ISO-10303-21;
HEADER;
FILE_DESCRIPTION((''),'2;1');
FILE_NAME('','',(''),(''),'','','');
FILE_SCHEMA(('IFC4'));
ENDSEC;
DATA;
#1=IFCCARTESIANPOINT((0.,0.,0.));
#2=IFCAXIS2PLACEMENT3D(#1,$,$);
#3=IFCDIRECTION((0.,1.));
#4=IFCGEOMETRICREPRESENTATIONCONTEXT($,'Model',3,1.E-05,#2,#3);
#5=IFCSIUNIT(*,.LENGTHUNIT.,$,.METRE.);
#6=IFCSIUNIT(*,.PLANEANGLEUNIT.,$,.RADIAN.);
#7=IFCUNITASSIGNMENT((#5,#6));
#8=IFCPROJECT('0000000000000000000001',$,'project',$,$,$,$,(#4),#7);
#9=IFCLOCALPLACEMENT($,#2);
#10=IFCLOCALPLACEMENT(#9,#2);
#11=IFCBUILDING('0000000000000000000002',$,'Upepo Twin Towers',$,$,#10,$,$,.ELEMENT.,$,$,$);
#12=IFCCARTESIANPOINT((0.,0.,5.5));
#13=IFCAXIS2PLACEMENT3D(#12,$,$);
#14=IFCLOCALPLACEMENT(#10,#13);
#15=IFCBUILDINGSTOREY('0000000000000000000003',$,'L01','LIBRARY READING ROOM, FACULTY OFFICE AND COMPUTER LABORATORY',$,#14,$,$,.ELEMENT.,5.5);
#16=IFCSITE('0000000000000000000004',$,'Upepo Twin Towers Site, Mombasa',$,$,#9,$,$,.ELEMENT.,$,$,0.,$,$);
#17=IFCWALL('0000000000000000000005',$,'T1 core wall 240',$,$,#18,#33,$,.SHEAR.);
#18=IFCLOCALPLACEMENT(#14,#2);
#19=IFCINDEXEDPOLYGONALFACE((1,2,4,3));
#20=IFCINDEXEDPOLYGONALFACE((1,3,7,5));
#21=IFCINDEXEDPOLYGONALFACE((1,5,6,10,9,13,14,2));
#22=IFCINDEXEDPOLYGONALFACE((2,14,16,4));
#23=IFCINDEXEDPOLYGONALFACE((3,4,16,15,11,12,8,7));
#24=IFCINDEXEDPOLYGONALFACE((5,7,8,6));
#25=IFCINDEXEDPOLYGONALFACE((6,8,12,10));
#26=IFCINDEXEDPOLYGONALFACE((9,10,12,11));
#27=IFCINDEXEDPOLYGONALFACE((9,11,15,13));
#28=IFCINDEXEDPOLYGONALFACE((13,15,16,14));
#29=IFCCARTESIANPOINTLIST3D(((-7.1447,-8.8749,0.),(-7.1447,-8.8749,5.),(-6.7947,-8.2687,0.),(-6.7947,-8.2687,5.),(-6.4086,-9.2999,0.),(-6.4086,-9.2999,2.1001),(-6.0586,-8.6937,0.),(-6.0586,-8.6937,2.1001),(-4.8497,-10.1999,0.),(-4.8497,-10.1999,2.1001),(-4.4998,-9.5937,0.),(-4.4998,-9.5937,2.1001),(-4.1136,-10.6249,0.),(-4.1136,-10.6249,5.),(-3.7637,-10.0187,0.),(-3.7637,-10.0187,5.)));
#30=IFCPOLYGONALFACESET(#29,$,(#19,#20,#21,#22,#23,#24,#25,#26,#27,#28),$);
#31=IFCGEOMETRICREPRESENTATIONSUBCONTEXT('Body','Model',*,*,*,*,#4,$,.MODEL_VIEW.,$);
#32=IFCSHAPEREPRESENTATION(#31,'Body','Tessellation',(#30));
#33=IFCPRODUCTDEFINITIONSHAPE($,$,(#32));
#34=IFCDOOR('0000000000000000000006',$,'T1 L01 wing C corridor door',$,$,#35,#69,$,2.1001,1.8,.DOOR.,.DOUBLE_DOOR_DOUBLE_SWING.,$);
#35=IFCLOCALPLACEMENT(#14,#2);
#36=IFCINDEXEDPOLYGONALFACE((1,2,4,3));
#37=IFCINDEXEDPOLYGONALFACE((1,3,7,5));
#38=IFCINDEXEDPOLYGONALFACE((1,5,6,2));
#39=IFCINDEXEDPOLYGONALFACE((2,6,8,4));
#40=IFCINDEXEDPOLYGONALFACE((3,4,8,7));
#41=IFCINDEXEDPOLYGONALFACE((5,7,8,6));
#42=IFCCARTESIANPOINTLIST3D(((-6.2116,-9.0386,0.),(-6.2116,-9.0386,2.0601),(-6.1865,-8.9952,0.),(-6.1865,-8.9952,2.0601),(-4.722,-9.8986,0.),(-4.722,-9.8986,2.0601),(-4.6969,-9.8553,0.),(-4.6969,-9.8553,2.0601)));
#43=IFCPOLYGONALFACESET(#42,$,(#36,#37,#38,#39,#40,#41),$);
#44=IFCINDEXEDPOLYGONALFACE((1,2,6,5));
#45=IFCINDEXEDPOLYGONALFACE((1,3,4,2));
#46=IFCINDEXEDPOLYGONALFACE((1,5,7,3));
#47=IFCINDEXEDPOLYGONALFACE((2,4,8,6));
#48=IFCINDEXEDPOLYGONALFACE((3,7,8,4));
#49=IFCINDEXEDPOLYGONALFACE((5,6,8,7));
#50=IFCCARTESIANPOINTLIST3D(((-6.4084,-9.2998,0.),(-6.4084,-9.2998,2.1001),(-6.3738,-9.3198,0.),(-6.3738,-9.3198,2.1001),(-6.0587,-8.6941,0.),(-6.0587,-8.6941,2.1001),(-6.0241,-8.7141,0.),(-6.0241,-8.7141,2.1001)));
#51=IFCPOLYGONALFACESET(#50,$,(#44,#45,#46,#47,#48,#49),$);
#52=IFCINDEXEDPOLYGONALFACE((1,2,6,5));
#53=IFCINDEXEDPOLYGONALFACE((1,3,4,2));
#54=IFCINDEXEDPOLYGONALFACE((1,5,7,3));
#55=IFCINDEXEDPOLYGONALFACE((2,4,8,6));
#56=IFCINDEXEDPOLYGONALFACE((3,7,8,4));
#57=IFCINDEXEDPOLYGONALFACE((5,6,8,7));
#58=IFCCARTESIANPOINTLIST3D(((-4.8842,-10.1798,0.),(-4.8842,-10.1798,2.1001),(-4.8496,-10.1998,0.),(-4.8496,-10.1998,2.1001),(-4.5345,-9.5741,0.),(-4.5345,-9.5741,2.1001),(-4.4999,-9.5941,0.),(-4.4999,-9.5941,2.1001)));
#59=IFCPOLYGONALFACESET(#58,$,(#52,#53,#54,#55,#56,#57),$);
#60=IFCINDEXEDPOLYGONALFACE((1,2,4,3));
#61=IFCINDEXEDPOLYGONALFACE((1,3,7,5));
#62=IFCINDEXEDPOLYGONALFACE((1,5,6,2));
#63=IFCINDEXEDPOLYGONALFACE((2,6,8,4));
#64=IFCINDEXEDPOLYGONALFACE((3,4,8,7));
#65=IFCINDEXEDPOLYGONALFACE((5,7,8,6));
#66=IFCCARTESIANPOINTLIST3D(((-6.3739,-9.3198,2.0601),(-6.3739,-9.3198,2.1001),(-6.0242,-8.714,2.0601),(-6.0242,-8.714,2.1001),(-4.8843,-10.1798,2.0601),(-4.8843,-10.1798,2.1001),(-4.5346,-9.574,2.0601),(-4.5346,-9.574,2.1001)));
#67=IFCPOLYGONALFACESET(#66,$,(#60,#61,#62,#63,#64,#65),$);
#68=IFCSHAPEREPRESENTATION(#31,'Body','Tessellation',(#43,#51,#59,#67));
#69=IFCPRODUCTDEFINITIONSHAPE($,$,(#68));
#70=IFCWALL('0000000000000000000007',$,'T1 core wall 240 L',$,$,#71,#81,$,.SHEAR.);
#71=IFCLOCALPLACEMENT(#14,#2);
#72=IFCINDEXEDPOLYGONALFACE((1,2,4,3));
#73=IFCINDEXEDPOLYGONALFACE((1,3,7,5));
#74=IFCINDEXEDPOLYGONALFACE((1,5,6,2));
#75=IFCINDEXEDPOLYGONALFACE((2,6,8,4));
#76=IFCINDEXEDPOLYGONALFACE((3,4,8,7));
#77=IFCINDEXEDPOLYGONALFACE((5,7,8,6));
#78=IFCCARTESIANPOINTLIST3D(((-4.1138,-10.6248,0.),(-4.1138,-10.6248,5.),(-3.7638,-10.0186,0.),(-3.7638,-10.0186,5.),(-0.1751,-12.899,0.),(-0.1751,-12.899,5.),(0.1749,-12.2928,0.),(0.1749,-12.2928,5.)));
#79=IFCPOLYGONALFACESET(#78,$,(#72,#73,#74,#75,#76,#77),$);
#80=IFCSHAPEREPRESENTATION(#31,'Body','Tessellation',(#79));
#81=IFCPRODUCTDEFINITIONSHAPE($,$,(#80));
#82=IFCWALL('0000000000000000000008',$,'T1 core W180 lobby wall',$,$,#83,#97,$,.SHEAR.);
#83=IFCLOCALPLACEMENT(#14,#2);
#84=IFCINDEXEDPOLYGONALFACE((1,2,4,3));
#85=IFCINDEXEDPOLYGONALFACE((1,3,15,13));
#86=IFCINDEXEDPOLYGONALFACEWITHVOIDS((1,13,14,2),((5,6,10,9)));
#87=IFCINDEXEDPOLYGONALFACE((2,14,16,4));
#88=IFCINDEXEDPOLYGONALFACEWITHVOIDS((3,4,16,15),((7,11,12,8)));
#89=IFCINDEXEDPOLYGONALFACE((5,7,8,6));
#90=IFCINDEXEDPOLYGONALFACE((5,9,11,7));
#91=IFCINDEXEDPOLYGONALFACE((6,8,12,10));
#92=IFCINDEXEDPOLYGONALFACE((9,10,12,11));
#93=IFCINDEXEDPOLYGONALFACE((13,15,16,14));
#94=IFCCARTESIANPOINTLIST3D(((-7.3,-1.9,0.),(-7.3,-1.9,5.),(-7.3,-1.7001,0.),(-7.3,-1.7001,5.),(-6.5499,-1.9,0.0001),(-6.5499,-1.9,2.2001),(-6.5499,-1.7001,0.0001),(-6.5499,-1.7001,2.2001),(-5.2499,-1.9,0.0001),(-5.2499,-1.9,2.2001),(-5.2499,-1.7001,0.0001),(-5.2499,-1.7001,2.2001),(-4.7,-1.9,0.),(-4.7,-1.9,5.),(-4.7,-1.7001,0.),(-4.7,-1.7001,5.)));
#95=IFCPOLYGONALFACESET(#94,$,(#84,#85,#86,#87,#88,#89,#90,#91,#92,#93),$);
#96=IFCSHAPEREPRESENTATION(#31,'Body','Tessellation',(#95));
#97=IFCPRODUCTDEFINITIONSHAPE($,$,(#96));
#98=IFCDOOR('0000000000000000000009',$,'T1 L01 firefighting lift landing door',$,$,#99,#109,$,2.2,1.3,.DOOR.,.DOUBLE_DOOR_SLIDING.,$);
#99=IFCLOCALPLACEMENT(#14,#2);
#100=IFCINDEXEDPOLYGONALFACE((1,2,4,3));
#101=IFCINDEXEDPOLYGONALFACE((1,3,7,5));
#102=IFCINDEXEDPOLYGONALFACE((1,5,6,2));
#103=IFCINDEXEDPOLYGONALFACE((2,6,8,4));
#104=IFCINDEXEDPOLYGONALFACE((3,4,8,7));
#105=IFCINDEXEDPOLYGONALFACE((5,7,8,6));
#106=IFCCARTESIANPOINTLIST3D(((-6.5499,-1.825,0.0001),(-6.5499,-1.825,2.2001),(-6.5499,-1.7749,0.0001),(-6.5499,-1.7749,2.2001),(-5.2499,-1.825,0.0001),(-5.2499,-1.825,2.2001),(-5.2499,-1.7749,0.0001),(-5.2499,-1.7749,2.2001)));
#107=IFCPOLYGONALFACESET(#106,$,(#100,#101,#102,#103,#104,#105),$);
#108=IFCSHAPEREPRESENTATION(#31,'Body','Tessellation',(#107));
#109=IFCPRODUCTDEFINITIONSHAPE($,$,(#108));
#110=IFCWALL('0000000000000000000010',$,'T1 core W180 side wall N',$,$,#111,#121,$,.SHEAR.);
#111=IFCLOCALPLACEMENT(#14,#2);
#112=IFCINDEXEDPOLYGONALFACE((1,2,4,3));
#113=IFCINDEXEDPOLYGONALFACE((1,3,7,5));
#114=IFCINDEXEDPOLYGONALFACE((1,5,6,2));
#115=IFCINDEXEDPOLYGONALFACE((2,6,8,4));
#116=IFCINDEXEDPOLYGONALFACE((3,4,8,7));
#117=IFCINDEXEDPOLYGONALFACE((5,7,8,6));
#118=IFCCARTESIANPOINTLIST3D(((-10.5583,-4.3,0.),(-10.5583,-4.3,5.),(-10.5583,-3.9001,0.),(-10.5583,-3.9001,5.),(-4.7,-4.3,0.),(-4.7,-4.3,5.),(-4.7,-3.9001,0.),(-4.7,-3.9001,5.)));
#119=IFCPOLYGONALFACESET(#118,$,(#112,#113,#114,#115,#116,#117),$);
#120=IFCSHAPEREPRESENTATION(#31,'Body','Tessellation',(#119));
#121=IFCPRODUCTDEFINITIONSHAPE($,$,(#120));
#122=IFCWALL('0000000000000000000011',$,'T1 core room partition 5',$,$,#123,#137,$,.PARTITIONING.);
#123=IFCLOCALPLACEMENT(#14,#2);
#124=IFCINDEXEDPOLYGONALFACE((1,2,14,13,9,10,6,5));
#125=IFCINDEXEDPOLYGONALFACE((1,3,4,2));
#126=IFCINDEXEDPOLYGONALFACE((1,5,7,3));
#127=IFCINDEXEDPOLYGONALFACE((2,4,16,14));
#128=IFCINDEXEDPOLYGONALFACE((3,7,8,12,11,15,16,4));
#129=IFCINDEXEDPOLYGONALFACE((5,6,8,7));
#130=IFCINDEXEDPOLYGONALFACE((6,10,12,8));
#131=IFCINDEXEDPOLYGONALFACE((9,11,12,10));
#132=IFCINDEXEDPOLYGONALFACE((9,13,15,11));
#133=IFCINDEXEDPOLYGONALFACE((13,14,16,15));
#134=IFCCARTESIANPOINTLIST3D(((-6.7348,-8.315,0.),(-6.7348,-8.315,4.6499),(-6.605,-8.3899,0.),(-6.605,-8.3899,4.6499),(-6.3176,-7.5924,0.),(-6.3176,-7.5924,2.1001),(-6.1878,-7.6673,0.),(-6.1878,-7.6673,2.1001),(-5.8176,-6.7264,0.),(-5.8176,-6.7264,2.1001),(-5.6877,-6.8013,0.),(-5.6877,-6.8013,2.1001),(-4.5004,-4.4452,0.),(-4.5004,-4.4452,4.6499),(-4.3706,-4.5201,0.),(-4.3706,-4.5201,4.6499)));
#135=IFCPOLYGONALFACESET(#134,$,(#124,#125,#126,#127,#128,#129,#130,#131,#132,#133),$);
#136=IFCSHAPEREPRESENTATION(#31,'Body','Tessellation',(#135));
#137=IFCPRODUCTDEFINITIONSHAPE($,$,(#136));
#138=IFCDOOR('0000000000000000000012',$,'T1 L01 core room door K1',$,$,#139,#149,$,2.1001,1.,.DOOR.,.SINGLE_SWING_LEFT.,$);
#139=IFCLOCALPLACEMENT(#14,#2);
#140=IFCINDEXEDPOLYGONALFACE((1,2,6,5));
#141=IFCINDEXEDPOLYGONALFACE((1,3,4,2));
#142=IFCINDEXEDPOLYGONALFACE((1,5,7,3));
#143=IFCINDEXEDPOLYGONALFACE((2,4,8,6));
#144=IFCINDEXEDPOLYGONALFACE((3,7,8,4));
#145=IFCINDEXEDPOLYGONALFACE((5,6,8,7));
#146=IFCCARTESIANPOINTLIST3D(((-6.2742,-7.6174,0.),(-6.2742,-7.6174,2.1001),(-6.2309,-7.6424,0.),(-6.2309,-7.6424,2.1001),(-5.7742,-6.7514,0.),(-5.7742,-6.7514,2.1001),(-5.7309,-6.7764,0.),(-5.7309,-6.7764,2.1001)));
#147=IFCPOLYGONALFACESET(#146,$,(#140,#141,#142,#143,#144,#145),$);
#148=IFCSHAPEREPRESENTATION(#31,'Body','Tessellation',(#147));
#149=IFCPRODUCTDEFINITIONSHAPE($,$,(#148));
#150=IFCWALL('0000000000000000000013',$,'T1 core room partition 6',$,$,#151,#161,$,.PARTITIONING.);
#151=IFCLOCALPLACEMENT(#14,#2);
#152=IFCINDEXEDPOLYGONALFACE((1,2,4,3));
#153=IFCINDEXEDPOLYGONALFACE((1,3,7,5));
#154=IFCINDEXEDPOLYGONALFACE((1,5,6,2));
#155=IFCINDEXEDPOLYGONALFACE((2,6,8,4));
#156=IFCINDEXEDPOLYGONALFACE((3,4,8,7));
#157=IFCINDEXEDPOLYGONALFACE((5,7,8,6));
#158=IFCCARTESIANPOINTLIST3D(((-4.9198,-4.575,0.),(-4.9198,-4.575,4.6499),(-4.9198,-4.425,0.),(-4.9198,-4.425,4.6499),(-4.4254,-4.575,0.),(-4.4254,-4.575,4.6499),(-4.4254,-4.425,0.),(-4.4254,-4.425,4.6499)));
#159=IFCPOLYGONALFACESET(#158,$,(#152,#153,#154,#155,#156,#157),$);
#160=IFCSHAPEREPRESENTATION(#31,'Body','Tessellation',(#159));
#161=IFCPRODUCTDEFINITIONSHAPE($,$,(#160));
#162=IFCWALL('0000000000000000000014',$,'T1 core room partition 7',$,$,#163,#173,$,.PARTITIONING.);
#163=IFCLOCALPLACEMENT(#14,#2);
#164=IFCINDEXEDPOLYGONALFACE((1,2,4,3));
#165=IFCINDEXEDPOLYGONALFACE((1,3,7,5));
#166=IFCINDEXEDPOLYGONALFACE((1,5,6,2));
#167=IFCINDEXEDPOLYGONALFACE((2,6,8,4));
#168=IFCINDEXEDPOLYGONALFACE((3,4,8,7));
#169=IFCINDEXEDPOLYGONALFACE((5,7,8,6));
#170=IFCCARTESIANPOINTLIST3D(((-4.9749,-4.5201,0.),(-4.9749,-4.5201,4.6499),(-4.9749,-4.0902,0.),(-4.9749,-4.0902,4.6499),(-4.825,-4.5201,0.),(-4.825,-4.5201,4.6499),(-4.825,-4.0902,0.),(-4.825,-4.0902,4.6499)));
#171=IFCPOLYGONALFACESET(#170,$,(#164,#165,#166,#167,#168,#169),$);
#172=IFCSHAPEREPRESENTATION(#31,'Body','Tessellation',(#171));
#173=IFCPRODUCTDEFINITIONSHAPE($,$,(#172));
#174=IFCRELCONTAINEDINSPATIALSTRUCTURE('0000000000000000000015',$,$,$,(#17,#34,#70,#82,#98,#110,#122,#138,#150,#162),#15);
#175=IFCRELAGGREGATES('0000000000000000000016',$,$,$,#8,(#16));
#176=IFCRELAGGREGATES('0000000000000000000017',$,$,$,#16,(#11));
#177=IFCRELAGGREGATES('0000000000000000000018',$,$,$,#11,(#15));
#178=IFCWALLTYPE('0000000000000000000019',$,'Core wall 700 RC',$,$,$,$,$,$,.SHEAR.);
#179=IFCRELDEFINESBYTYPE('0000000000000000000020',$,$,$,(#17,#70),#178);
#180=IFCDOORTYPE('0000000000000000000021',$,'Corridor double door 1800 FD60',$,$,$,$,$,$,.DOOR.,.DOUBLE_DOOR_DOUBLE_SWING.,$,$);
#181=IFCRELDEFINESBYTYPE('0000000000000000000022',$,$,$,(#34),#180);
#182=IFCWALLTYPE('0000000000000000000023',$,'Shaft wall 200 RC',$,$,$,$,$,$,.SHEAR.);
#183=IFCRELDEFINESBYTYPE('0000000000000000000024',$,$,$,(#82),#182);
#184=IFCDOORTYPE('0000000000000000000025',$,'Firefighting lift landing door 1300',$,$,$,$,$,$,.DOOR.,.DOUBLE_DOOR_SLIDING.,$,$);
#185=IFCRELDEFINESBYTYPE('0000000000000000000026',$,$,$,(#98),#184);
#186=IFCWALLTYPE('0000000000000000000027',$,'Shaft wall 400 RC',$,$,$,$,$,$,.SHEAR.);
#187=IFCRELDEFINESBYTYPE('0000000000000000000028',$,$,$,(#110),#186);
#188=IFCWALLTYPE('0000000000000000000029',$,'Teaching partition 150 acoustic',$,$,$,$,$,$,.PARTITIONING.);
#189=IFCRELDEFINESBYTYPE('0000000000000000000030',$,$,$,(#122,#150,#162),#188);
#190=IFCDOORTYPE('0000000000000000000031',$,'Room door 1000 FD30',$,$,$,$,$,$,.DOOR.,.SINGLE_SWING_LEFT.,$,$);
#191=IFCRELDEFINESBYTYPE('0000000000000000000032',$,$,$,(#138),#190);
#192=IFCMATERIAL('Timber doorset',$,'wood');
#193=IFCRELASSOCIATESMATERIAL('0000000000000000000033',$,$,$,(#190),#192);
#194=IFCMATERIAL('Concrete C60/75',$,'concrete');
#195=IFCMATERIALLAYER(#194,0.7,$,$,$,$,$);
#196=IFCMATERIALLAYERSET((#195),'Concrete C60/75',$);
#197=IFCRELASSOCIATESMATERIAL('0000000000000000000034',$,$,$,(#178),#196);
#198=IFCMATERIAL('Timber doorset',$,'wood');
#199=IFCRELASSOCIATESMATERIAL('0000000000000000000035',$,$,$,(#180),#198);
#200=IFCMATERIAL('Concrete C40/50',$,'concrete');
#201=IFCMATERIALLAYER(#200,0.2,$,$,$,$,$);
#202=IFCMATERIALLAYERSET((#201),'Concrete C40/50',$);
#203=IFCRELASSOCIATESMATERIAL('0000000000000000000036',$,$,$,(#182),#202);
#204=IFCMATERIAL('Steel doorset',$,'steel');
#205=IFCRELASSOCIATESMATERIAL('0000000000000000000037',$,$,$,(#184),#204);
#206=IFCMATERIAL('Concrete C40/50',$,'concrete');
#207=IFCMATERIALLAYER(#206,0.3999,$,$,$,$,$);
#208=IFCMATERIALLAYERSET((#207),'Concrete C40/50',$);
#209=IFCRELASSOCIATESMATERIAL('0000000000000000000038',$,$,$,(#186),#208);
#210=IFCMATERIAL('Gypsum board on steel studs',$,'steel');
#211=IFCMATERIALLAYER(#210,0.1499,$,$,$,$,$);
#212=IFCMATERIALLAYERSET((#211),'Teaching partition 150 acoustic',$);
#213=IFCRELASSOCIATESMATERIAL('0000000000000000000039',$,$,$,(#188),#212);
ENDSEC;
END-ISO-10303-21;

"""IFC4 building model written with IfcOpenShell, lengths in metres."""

from ifc_helpers import new_model, si_unit, direction, frame, frame_2d, origin, place, context, subcontext, project, spatial, rectangle, extrude, material, layer, layer_set, type_object, element, fill, save


model = new_model("IFC4")

# Units and contexts
model_context = context("Model", 3, precision=1e-05, world=origin(), true_north=direction((0.0, 1.0)))
body_context = subcontext(model_context, "Body", "Model", "MODEL_VIEW")
ifc_project = project(units=[si_unit("LENGTHUNIT", "METRE"), si_unit("PLANEANGLEUNIT", "RADIAN")], contexts=[model_context])

# Site, building, storey
site_placement = place(None, origin())
site = spatial("IfcSite", under=ifc_project, at=site_placement, Name="Upepo Twin Towers Site, Mombasa", CompositionType="ELEMENT", RefElevation=0.0)
building_placement = place(site_placement, origin())
building = spatial("IfcBuilding", under=site, at=building_placement, Name="Upepo Twin Towers", CompositionType="ELEMENT")
storey_placement = place(building_placement, frame((0.0, 0.0, 5.5)))
storey = spatial("IfcBuildingStorey", under=building, at=storey_placement, Name="L01", Description="LIBRARY READING ROOM, FACULTY OFFICE AND COMPUTER LABORATORY", CompositionType="ELEMENT", Elevation=5.5)

# Shared definitions
ifc_material_1 = material(Name="Timber doorset", Category="wood")
door_type_1 = type_object("IfcDoorType", Name="Room door 1000 FD30", OperationType="SINGLE_SWING_LEFT", PredefinedType="DOOR", material=ifc_material_1)

# Shared definitions
ifc_material_2 = material(Name="Concrete C60/75", Category="concrete")
ifc_layer_1 = layer(ifc_material_2, 0.7)
ifc_layer_set_1 = layer_set([ifc_layer_1], Name="Concrete C60/75")
wall_type_1 = type_object("IfcWallType", Name="Core wall 700 RC", PredefinedType="SHEAR", material=ifc_layer_set_1)

# Wall, opening, door
wall_1_placement = place(storey_placement, frame((-6.9697, -8.5718, 0.0), z_axis=(0.0, 0.0, 1.0), x_axis=(0.866019, -0.50001, 0.0)))
wall_1 = element("IfcWall", 1, at=wall_1_placement, inside=storey, type_object=wall_type_1, Name="T1 core wall 240", PredefinedType="SHEAR", context=body_context, shape_type="SweptSolid", body=[
    extrude(rectangle(XDim=3.5, YDim=0.7, at=frame_2d((1.75, 0.0))), origin(), (0.0, 0.0, 1.0), 5.0),
])
opening_1_placement = place(wall_1_placement, frame((0.8501, 0.0, 0.0)))
opening_1 = element("IfcOpeningElement", 2, at=opening_1_placement, cuts=wall_1, PredefinedType="OPENING", context=body_context, shape_type="SweptSolid", body=[
    extrude(rectangle(XDim=1.8, YDim=2.1001, at=frame_2d((0.8999, 1.05))), frame((0.0, 0.3599, 0.0), z_axis=(0.0, -1.0, 0.0), x_axis=(1.0, 0.0, 0.0)), (0.0, 0.0, 1.0), 0.72),
])
ifc_material_3 = material(Name="Timber doorset", Category="wood")
door_type_2 = type_object("IfcDoorType", Name="Corridor double door 1800 FD60", OperationType="DOUBLE_DOOR_DOUBLE_SWING", PredefinedType="DOOR", material=ifc_material_3)
door_1_placement = place(opening_1_placement, origin())
door_1 = element("IfcDoor", 3, at=door_1_placement, inside=storey, type_object=door_type_2, Name="T1 L01 wing C corridor door", OperationType="DOUBLE_DOOR_DOUBLE_SWING", OverallHeight=2.1001, OverallWidth=1.8, PredefinedType="DOOR", context=body_context, shape_type="SweptSolid", body=[
    extrude(rectangle(XDim=1.72, YDim=2.0601, at=frame_2d((0.8999, 1.03))), frame((0.0, 0.0249, 0.0), z_axis=(0.0, -1.0, 0.0), x_axis=(1.0, 0.0, 0.0)), (0.0, 0.0, 1.0), 0.05),
    extrude(rectangle(XDim=0.04, YDim=2.1001, at=frame_2d((0.02, 1.05))), frame((0.0, 0.3496, 0.0), z_axis=(0.0, -1.0, 0.0), x_axis=(1.0, 0.0, 0.0)), (0.0, 0.0, 1.0), 0.6995),
    extrude(rectangle(XDim=0.04, YDim=2.1001, at=frame_2d((1.78, 1.05))), frame((0.0, 0.3496, 0.0), z_axis=(0.0, -1.0, 0.0), x_axis=(1.0, 0.0, 0.0)), (0.0, 0.0, 1.0), 0.6995),
    extrude(rectangle(XDim=1.72, YDim=0.04, at=frame_2d((0.8999, 2.0801))), frame((0.0, 0.3496, 0.0), z_axis=(0.0, -1.0, 0.0), x_axis=(1.0, 0.0, 0.0)), (0.0, 0.0, 1.0), 0.6995),
])
fill(opening_1, door_1)

# Wall
wall_2_placement = place(storey_placement, frame((-3.9387, -10.3218, 0.0), z_axis=(0.0, 0.0, 1.0), x_axis=(0.866011, -0.500024, 0.0)))
element("IfcWall", 4, at=wall_2_placement, inside=storey, type_object=wall_type_1, Name="T1 core wall 240 L", PredefinedType="SHEAR", context=body_context, shape_type="SweptSolid", body=[
    extrude(rectangle(XDim=4.5481, YDim=0.7, at=frame_2d((2.2739, 0.0))), origin(), (0.0, 0.0, 1.0), 5.0),
])

# Wall, opening, door
ifc_material_4 = material(Name="Concrete C40/50", Category="concrete")
ifc_layer_2 = layer(ifc_material_4, 0.2)
ifc_layer_set_2 = layer_set([ifc_layer_2], Name="Concrete C40/50")
wall_type_2 = type_object("IfcWallType", Name="Shaft wall 200 RC", PredefinedType="SHEAR", material=ifc_layer_set_2)
wall_3_placement = place(storey_placement, frame((-4.7, -1.8, 0.0), z_axis=(0.0, 0.0, 1.0), x_axis=(-1.0, 0.0, 0.0)))
wall_3 = element("IfcWall", 5, at=wall_3_placement, inside=storey, type_object=wall_type_2, Name="T1 core W180 lobby wall", PredefinedType="SHEAR", context=body_context, shape_type="SweptSolid", body=[
    extrude(rectangle(XDim=2.6001, YDim=0.2, at=frame_2d((1.3, 0.0))), origin(), (0.0, 0.0, 1.0), 5.0),
])
opening_2_placement = place(wall_3_placement, frame((0.55, 0.0, 0.0)))
opening_2 = element("IfcOpeningElement", 6, at=opening_2_placement, cuts=wall_3, PredefinedType="OPENING", context=body_context, shape_type="SweptSolid", body=[
    extrude(rectangle(XDim=1.3, YDim=2.2, at=frame_2d((0.6499, 1.1001))), frame((0.0, 0.1099, 0.0), z_axis=(0.0, -1.0, 0.0), x_axis=(1.0, 0.0, 0.0)), (0.0, 0.0, 1.0), 0.22),
])
ifc_material_5 = material(Name="Steel doorset", Category="steel")
door_type_3 = type_object("IfcDoorType", Name="Firefighting lift landing door 1300", OperationType="DOUBLE_DOOR_SLIDING", PredefinedType="DOOR", material=ifc_material_5)
door_2_placement = place(opening_2_placement, origin())
door_2 = element("IfcDoor", 7, at=door_2_placement, inside=storey, type_object=door_type_3, Name="T1 L01 firefighting lift landing door", OperationType="DOUBLE_DOOR_SLIDING", OverallHeight=2.2, OverallWidth=1.3, PredefinedType="DOOR", context=body_context, shape_type="SweptSolid", body=[
    extrude(rectangle(XDim=1.3, YDim=2.2, at=frame_2d((0.6499, 1.1001))), frame((0.0, 0.0249, 0.0), z_axis=(0.0, -1.0, 0.0), x_axis=(1.0, 0.0, 0.0)), (0.0, 0.0, 1.0), 0.05),
])
fill(opening_2, door_2)

# Wall
ifc_material_6 = material(Name="Concrete C40/50", Category="concrete")
ifc_layer_3 = layer(ifc_material_6, 0.3999)
ifc_layer_set_3 = layer_set([ifc_layer_3], Name="Concrete C40/50")
wall_type_3 = type_object("IfcWallType", Name="Shaft wall 400 RC", PredefinedType="SHEAR", material=ifc_layer_set_3)
wall_4_placement = place(storey_placement, frame((-4.7, -4.1001, 0.0), z_axis=(0.0, 0.0, 1.0), x_axis=(-1.0, 0.0, 0.0)))
element("IfcWall", 8, at=wall_4_placement, inside=storey, type_object=wall_type_3, Name="T1 core W180 side wall N", PredefinedType="SHEAR", context=body_context, shape_type="SweptSolid", body=[
    extrude(rectangle(XDim=5.8584, YDim=0.3999, at=frame_2d((2.9292, 0.0))), origin(), (0.0, 0.0, 1.0), 5.0),
])

# Wall, opening, door
ifc_material_7 = material(Name="Gypsum board on steel studs", Category="steel")
ifc_layer_4 = layer(ifc_material_7, 0.1499)
ifc_layer_set_4 = layer_set([ifc_layer_4], Name="Teaching partition 150 acoustic")
wall_type_4 = type_object("IfcWallType", Name="Teaching partition 150 acoustic", PredefinedType="PARTITIONING", material=ifc_layer_set_4)
wall_5_placement = place(storey_placement, frame((-6.6699, -8.3525, 0.0), z_axis=(0.0, 0.0, 1.0), x_axis=(0.500017, 0.866015, 0.0)))
wall_5 = element("IfcWall", 9, at=wall_5_placement, inside=storey, type_object=wall_type_4, Name="T1 core room partition 5", PredefinedType="PARTITIONING", context=body_context, shape_type="SweptSolid", body=[
    extrude(rectangle(XDim=4.4685, YDim=0.1499, at=frame_2d((2.2344, 0.0))), origin(), (0.0, 0.0, 1.0), 4.6499),
])
opening_3_placement = place(wall_5_placement, frame((0.8345, 0.0, 0.0)))
opening_3 = element("IfcOpeningElement", 10, at=opening_3_placement, cuts=wall_5, PredefinedType="OPENING", context=body_context, shape_type="SweptSolid", body=[
    extrude(rectangle(XDim=1.0, YDim=2.1001, at=frame_2d((0.5, 1.05))), frame((0.0, 0.085, 0.0), z_axis=(0.0, -1.0, 0.0), x_axis=(1.0, 0.0, 0.0)), (0.0, 0.0, 1.0), 0.1699),
])
door_3_placement = place(opening_3_placement, origin())
door_3 = element("IfcDoor", 11, at=door_3_placement, inside=storey, type_object=door_type_1, Name="T1 L01 core room door K1", OperationType="SINGLE_SWING_LEFT", OverallHeight=2.1001, OverallWidth=1.0, PredefinedType="DOOR", context=body_context, shape_type="SweptSolid", body=[
    extrude(rectangle(XDim=1.0, YDim=2.1001, at=frame_2d((0.5, 1.05))), frame((0.0, 0.0249, 0.0), z_axis=(0.0, -1.0, 0.0), x_axis=(1.0, 0.0, 0.0)), (0.0, 0.0, 1.0), 0.05),
])
fill(opening_3, door_3)

# Walls
wall_6_placement = place(storey_placement, frame((-4.4255, -4.5, 0.0), z_axis=(0.0, 0.0, 1.0), x_axis=(-1.0, 0.0, 0.0)))
element("IfcWall", 12, at=wall_6_placement, inside=storey, type_object=wall_type_4, Name="T1 core room partition 6", PredefinedType="PARTITIONING", context=body_context, shape_type="SweptSolid", body=[
    extrude(rectangle(XDim=0.4944, YDim=0.1499, at=frame_2d((0.2471, 0.0))), origin(), (0.0, 0.0, 1.0), 4.6499),
])
wall_7_placement = place(storey_placement, frame((-4.8999, -4.52, 0.0), z_axis=(0.0, 0.0, 1.0), x_axis=(0.0, 1.0, 0.0)))
element("IfcWall", 13, at=wall_7_placement, inside=storey, type_object=wall_type_4, Name="T1 core room partition 7", PredefinedType="PARTITIONING", context=body_context, shape_type="SweptSolid", body=[
    extrude(rectangle(XDim=0.4299, YDim=0.1499, at=frame_2d((0.2148, 0.0))), origin(), (0.0, 0.0, 1.0), 4.6499),
])

save(model, "model.ifc")
